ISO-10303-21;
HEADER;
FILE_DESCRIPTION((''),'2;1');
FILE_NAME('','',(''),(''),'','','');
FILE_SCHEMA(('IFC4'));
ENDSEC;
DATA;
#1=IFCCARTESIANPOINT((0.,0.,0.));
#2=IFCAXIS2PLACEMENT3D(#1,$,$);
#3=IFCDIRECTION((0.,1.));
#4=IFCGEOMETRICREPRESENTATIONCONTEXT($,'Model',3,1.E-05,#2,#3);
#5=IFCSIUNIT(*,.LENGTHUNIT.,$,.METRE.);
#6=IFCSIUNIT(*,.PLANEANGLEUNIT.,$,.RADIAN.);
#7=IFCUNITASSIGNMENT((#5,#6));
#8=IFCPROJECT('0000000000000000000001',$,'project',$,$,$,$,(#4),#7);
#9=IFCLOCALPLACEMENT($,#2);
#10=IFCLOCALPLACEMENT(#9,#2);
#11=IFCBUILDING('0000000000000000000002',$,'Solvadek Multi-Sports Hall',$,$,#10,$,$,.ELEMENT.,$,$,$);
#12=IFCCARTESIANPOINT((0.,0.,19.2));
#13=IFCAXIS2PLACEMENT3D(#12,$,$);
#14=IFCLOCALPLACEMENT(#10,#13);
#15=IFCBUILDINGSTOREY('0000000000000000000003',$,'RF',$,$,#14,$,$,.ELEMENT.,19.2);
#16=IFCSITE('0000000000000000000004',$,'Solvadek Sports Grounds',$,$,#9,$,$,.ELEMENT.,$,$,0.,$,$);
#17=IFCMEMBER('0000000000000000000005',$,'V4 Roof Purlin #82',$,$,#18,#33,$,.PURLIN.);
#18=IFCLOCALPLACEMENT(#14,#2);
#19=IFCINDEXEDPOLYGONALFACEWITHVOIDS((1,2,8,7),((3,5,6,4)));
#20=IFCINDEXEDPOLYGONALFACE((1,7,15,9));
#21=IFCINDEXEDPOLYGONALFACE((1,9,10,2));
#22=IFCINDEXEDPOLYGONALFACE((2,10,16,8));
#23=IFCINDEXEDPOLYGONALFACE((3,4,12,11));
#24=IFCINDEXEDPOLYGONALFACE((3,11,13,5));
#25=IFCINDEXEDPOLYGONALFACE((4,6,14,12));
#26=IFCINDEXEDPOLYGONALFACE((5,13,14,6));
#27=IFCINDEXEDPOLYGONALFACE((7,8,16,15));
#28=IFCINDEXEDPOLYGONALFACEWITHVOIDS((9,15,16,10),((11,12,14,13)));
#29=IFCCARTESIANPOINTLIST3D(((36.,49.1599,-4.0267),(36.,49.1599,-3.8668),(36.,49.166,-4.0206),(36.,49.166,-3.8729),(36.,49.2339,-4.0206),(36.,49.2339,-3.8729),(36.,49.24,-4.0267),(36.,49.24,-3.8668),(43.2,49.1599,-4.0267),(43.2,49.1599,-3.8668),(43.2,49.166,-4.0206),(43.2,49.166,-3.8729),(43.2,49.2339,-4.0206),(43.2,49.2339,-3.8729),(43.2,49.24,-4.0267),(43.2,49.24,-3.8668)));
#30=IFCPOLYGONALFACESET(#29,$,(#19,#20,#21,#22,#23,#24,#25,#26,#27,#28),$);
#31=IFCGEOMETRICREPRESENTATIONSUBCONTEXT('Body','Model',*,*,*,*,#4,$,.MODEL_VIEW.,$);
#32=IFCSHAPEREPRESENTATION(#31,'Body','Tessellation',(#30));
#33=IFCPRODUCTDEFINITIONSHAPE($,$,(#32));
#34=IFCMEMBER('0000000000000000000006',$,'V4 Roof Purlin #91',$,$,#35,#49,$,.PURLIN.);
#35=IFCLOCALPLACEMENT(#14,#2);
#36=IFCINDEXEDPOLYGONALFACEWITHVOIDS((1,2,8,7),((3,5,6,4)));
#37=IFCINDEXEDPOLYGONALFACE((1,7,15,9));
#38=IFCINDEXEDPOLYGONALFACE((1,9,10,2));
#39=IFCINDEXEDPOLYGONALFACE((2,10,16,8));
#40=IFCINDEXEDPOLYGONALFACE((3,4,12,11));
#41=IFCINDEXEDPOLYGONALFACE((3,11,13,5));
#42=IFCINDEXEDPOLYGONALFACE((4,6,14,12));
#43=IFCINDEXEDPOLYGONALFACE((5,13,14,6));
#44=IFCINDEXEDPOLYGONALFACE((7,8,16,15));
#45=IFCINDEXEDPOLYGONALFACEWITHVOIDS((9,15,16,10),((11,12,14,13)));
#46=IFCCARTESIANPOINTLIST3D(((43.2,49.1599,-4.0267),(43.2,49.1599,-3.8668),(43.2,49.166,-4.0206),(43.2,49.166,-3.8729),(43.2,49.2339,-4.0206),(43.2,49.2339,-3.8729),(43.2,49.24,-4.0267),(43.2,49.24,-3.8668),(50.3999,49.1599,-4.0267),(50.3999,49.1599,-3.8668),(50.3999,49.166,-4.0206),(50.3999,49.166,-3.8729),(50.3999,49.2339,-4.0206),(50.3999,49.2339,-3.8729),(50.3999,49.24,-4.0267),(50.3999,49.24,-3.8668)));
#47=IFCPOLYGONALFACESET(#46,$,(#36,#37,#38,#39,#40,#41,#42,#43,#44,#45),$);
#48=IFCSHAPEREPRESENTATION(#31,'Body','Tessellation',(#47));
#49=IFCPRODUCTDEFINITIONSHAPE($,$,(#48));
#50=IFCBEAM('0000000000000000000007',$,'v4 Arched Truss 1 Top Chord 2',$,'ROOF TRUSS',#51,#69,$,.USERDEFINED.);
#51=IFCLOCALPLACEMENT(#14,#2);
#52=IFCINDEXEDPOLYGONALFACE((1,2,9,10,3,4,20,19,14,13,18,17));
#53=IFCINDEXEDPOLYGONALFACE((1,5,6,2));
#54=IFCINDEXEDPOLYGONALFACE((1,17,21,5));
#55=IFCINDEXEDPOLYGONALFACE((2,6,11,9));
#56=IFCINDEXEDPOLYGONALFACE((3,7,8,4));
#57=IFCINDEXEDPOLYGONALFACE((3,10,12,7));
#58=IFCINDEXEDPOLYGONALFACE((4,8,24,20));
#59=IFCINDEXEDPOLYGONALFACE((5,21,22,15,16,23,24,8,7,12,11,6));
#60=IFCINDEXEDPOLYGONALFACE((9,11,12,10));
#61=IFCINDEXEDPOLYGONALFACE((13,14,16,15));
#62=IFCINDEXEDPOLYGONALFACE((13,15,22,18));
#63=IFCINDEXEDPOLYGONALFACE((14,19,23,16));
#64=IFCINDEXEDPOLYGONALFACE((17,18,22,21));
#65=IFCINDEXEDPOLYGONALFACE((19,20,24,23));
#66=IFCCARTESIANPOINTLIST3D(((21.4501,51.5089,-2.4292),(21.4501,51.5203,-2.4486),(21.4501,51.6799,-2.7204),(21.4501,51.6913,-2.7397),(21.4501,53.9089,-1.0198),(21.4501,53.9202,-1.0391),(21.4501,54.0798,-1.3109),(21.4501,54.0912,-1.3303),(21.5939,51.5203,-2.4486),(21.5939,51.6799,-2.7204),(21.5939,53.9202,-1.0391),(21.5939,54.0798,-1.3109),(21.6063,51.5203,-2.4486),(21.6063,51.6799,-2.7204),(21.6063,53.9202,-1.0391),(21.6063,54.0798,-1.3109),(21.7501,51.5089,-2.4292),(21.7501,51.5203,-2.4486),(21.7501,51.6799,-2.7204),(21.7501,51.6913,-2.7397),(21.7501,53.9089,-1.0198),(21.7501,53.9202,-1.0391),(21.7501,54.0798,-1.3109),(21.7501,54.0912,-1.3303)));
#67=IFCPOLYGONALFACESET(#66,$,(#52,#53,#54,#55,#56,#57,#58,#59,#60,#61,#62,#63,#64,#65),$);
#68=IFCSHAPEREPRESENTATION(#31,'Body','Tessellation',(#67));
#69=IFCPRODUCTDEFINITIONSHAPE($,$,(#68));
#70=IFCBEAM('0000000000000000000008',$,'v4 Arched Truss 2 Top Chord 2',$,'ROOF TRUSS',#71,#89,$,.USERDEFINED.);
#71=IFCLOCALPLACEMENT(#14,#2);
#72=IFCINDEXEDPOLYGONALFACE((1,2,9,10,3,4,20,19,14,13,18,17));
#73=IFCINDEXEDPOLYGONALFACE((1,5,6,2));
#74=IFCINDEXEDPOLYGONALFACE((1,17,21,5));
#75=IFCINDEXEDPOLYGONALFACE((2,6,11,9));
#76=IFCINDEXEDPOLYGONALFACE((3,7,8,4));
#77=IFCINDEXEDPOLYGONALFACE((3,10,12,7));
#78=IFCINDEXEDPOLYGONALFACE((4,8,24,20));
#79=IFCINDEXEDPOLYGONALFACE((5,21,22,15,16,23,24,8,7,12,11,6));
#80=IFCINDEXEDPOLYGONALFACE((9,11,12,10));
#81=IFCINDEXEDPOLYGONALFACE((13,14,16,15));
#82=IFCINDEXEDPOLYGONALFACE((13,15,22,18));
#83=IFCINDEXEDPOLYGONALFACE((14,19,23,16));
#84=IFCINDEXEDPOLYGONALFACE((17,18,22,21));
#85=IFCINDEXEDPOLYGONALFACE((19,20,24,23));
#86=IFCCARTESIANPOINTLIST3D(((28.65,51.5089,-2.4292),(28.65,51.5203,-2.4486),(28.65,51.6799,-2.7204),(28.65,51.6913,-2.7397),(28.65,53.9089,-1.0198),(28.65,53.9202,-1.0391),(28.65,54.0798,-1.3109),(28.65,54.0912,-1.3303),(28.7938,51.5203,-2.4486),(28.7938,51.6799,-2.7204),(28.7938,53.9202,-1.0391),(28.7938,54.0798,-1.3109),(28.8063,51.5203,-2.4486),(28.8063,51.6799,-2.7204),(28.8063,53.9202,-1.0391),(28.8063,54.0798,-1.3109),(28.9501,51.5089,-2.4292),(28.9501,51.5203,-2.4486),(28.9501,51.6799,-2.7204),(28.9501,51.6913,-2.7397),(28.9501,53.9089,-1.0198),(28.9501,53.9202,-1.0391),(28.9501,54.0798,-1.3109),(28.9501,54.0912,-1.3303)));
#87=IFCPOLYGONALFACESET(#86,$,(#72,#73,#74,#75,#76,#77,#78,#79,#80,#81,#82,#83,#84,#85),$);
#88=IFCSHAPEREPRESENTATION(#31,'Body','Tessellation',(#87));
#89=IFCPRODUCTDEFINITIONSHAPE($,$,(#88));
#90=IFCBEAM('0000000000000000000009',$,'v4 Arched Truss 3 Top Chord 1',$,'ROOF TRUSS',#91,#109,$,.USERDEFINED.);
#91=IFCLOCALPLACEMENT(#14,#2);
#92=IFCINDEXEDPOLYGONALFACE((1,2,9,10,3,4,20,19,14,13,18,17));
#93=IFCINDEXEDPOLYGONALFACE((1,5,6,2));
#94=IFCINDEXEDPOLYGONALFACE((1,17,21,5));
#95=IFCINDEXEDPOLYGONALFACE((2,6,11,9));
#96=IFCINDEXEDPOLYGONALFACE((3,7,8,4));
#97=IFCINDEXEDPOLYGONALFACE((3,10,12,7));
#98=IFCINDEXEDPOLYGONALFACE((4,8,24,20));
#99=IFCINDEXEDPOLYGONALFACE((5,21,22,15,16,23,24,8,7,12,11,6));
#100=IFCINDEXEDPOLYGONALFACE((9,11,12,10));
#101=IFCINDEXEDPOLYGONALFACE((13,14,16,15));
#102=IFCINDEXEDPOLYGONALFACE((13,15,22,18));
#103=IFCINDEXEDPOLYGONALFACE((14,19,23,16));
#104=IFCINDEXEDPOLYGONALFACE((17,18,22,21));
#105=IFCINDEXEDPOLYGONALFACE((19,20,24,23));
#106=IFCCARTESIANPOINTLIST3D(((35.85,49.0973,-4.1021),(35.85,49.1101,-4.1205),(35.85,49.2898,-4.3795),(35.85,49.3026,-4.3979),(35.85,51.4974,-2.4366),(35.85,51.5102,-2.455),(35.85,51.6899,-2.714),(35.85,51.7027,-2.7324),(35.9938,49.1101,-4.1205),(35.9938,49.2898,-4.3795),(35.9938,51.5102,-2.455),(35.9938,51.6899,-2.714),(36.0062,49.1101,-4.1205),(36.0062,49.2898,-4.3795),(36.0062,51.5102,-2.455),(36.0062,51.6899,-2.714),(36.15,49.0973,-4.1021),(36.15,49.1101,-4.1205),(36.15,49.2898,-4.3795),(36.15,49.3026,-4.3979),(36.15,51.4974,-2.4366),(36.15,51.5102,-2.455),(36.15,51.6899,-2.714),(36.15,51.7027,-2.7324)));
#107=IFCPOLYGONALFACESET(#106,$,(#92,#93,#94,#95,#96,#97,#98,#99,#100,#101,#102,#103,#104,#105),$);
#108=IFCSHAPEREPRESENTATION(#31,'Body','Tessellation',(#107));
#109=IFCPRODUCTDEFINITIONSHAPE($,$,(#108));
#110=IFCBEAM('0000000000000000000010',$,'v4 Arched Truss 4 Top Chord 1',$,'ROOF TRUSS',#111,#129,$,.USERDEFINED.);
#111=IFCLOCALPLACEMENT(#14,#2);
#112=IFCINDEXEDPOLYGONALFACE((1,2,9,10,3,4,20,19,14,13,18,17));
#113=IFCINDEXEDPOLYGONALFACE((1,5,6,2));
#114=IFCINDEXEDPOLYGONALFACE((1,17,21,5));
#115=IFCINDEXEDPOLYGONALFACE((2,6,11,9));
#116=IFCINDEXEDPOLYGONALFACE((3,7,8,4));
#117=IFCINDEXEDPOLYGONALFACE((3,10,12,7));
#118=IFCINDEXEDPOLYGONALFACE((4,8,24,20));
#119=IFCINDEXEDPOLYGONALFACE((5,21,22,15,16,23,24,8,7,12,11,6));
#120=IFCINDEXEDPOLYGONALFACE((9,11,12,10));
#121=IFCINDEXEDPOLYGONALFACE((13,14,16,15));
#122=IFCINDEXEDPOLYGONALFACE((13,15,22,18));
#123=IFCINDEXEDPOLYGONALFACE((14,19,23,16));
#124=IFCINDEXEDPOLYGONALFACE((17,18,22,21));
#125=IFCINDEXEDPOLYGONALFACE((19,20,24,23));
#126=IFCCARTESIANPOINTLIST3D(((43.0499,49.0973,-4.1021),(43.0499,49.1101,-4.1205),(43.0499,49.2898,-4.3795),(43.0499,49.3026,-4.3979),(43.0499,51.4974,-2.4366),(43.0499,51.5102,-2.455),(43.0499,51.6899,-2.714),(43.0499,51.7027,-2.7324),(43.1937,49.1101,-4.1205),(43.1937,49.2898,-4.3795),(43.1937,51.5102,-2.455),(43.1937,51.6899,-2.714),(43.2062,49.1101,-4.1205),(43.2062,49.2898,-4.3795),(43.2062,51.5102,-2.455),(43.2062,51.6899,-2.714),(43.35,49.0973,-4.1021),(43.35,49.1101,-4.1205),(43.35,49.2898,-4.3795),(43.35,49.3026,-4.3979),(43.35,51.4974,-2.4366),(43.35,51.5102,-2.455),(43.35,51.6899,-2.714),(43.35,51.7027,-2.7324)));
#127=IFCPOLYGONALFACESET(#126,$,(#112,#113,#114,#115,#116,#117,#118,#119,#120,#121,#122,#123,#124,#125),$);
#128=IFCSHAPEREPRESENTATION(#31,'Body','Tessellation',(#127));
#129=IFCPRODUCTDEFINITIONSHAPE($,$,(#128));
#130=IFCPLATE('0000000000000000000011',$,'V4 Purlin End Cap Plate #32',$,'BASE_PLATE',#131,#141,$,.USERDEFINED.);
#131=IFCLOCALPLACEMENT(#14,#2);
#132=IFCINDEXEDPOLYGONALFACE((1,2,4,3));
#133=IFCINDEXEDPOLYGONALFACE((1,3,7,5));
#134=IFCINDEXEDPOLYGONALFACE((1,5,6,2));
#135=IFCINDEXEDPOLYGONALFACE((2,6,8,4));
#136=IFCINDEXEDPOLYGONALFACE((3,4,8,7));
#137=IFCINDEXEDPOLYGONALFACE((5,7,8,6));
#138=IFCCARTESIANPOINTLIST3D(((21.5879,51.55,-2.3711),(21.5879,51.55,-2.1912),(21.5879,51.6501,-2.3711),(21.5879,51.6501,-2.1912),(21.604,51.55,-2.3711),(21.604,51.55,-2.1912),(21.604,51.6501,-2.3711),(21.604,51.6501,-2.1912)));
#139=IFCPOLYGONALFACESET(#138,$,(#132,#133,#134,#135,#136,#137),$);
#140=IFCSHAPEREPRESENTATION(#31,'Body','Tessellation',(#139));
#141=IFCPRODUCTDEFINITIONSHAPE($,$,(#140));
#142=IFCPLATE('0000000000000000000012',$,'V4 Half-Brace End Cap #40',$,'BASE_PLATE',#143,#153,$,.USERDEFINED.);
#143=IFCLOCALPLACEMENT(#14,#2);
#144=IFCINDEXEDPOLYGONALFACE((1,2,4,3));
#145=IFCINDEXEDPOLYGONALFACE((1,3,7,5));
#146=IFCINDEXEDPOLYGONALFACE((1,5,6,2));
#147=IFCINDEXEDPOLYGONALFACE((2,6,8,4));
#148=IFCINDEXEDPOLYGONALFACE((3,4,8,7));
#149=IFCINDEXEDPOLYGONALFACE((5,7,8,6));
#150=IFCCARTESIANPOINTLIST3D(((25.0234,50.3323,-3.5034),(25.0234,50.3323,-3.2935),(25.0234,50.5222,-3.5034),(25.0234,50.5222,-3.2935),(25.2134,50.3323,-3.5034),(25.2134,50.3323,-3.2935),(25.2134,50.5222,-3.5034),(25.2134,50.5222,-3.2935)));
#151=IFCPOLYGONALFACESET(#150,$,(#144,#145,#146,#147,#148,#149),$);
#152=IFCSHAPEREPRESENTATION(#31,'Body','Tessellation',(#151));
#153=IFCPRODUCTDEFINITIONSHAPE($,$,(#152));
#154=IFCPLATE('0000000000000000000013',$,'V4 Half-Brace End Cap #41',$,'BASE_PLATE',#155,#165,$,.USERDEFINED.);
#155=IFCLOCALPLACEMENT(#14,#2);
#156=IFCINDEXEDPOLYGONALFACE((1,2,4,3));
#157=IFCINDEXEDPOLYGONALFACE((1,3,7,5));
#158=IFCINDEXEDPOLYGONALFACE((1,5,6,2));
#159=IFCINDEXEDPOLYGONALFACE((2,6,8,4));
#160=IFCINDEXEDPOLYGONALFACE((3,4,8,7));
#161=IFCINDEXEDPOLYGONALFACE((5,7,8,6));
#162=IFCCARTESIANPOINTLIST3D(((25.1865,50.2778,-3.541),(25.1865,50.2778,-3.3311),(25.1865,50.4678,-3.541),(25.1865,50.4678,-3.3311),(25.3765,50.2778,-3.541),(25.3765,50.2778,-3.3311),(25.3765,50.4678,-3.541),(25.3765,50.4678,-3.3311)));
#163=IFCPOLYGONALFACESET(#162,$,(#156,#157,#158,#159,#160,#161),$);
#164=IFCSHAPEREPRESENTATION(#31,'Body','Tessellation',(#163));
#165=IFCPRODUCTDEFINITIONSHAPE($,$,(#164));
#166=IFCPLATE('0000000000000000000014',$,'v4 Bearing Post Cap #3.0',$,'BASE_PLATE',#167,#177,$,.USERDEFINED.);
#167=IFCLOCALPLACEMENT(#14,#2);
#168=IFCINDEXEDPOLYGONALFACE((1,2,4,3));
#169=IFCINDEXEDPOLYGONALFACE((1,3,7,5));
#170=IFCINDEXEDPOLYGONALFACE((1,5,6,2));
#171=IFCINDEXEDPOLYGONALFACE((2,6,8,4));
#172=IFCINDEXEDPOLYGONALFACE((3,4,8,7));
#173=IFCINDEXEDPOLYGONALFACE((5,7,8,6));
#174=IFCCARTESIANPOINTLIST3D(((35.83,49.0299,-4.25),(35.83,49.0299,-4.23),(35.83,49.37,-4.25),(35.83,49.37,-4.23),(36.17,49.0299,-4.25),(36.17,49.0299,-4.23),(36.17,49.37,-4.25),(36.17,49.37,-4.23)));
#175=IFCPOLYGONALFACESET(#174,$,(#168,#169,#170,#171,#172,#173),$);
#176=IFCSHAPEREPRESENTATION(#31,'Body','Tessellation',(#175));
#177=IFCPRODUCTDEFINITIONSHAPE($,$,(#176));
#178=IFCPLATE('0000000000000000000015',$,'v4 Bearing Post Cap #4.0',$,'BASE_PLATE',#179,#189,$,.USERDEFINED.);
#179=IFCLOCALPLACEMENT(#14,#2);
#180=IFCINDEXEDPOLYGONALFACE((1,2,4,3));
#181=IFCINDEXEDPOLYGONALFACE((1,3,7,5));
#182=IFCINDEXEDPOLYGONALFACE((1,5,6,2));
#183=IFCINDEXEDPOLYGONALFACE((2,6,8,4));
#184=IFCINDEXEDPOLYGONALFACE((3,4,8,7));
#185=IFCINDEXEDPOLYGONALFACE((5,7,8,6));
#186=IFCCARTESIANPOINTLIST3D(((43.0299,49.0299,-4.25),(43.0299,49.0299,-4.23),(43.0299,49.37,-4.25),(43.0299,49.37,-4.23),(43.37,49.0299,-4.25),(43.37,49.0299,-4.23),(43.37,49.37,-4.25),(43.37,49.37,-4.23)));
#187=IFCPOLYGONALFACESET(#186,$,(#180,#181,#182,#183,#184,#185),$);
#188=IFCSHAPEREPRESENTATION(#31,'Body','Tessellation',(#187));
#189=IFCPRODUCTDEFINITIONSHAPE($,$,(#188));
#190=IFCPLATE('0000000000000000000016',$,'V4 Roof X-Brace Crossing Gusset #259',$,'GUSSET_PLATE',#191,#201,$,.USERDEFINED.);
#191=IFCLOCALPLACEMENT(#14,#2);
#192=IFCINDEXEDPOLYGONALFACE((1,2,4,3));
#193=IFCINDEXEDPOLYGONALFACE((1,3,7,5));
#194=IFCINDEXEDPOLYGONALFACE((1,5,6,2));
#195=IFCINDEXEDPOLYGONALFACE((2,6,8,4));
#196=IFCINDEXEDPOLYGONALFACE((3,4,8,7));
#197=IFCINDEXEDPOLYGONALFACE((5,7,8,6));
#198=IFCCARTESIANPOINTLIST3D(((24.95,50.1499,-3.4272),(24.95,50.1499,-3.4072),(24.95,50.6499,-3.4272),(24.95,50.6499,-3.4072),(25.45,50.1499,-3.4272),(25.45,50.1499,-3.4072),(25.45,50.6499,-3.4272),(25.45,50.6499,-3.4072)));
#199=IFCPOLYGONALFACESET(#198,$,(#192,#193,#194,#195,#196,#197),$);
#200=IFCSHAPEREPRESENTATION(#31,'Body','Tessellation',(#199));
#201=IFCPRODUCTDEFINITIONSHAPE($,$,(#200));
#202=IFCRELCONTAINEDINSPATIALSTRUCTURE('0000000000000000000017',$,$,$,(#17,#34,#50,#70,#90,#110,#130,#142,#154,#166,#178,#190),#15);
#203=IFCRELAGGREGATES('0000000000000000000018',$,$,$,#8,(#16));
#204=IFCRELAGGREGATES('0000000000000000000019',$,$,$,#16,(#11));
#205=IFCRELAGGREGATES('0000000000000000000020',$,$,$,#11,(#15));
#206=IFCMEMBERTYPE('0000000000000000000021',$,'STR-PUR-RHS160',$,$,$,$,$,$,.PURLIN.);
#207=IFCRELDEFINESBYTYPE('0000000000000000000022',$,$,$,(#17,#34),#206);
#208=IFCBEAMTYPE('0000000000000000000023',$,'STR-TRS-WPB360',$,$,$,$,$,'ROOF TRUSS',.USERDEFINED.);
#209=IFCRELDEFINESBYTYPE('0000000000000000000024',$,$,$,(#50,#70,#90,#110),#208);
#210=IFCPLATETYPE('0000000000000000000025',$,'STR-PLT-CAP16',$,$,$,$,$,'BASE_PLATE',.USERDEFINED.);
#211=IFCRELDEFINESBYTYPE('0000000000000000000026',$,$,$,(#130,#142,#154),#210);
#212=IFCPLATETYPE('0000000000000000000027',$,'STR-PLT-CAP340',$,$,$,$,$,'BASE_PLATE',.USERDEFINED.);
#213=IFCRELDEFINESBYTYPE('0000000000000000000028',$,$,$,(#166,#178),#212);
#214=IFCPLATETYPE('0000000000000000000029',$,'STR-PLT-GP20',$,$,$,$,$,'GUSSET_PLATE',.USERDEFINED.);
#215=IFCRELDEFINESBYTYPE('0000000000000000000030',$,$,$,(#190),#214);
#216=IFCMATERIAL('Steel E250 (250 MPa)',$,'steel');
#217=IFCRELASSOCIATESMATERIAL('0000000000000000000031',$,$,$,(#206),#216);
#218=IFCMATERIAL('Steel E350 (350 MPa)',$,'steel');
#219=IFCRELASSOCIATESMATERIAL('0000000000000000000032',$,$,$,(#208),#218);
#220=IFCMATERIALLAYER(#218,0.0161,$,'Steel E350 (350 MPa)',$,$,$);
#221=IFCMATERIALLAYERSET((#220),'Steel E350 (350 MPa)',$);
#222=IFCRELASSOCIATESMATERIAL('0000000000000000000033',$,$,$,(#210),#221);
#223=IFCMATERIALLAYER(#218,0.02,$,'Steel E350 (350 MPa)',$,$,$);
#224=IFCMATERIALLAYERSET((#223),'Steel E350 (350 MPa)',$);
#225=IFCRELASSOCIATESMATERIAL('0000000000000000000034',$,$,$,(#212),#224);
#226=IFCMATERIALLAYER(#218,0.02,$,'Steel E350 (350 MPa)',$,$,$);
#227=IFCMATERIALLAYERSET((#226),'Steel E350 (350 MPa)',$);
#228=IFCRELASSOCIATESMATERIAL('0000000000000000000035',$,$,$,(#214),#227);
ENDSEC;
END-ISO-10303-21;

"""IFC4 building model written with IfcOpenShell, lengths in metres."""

from ifc_helpers import new_model, si_unit, direction, frame, origin, origin_2d, place, context, subcontext, project, spatial, rectangle, hollow_rectangle, i_section, extrude, material, layer, layer_set, material_profile, profile_set, type_object, element, save


model = new_model("IFC4")

# Units and contexts
model_context = context("Model", 3, precision=1e-05, world=origin(), true_north=direction((0.0, 1.0)))
body_context = subcontext(model_context, "Body", "Model", "MODEL_VIEW")
ifc_project = project(units=[si_unit("LENGTHUNIT", "METRE"), si_unit("PLANEANGLEUNIT", "RADIAN")], contexts=[model_context])

# Site, building, storey
site_placement = place(None, origin())
site = spatial("IfcSite", under=ifc_project, at=site_placement, Name="Solvadek Sports Grounds", CompositionType="ELEMENT", RefElevation=0.0)
building_placement = place(site_placement, origin())
building = spatial("IfcBuilding", under=site, at=building_placement, Name="Solvadek Multi-Sports Hall", CompositionType="ELEMENT")
storey_placement = place(building_placement, frame((0.0, 0.0, 19.2)))
storey = spatial("IfcBuildingStorey", under=building, at=storey_placement, Name="RF", CompositionType="ELEMENT", Elevation=19.2)

# Shared definitions
ifc_material_1 = material(Name="Steel E350 (350 MPa)", Category="steel")

# Members
ifc_material_2 = material(Name="Steel E250 (250 MPa)", Category="steel")
ifc_material_profile_1 = material_profile(ifc_material_2, hollow_rectangle(XDim=0.0801, YDim=0.1599, WallThickness=0.0061, at=origin_2d()), Name="RHS 160x80x6")
ifc_profile_set_1 = profile_set([ifc_material_profile_1], Name="Steel E250 (250 MPa)")
member_type_1 = type_object("IfcMemberType", Name="STR-PUR-RHS160", PredefinedType="PURLIN", material=ifc_profile_set_1)
for number, where, z_axis, x_axis, name in (
    (1, (36.0, 49.2, -3.9468), (1.0, 0.0, 0.0), (0.0, 1.0, 0.0), "V4 Roof Purlin #82"),
    (2, (43.2, 49.2, -3.9468), (1.0, 0.0, 0.0), (0.0, 1.0, 0.0), "V4 Roof Purlin #91"),
):
    element("IfcMember", number, at=place(storey_placement, frame(where, z_axis=z_axis, x_axis=x_axis)), inside=storey, type_object=member_type_1, Name=name, PredefinedType="PURLIN", context=body_context, shape_type="SweptSolid", body=[
        extrude(hollow_rectangle(XDim=0.0801, YDim=0.1599, WallThickness=0.0061, at=origin_2d()), origin(), (0.0, 0.0, 1.0), 7.2),
    ])

# Beams
ifc_material_profile_2 = material_profile(ifc_material_1, i_section(OverallWidth=0.3, OverallDepth=0.3601, WebThickness=0.0125, FlangeThickness=0.0225, at=origin_2d()), Name="WPB 360")
ifc_profile_set_2 = profile_set([ifc_material_profile_2], Name="Steel E350 (350 MPa)")
beam_type = type_object("IfcBeamType", Name="STR-TRS-WPB360", ElementType="ROOF TRUSS", PredefinedType="USERDEFINED", material=ifc_profile_set_2)
for number, where, z_axis, x_axis, name in (
    (3, (21.6001, 51.6001, -2.5845), (0.0, 0.862293, 0.50641), (-1.0, 0.0, 0.0), "v4 Arched Truss 1 Top Chord 2"),
    (4, (28.8, 51.6001, -2.5845), (0.0, 0.862293, 0.50641), (-1.0, 0.0, 0.0), "v4 Arched Truss 2 Top Chord 2"),
):
    element("IfcBeam", number, at=place(storey_placement, frame(where, z_axis=z_axis, x_axis=x_axis)), inside=storey, type_object=beam_type, Name=name, ObjectType="ROOF TRUSS", PredefinedType="USERDEFINED", context=body_context, shape_type="SweptSolid", body=[
        extrude(i_section(OverallWidth=0.3, OverallDepth=0.3601, WebThickness=0.0125, FlangeThickness=0.0225, at=origin_2d()), origin(), (0.0, 0.0, 1.0), 2.7832),
    ])
for number, where, z_axis, x_axis, name in (
    (5, (36.0, 49.2, -4.25), (0.0, 0.821569, 0.570109), (-1.0, 0.0, 0.0), "v4 Arched Truss 3 Top Chord 1"),
    (6, (43.2, 49.2, -4.25), (0.0, 0.821569, 0.570109), (-1.0, 0.0, 0.0), "v4 Arched Truss 4 Top Chord 1"),
):
    element("IfcBeam", number, at=place(storey_placement, frame(where, z_axis=z_axis, x_axis=x_axis)), inside=storey, type_object=beam_type, Name=name, ObjectType="ROOF TRUSS", PredefinedType="USERDEFINED", context=body_context, shape_type="SweptSolid", body=[
        extrude(i_section(OverallWidth=0.3, OverallDepth=0.3601, WebThickness=0.0125, FlangeThickness=0.0225, at=origin_2d()), origin(), (0.0, 0.0, 1.0), 2.9214),
    ])

# Plates
ifc_layer_1 = layer(ifc_material_1, 0.0161, Name="Steel E350 (350 MPa)")
ifc_layer_set_1 = layer_set([ifc_layer_1], Name="Steel E350 (350 MPa)")
plate_type_1 = type_object("IfcPlateType", Name="STR-PLT-CAP16", ElementType="BASE_PLATE", PredefinedType="USERDEFINED", material=ifc_layer_set_1)
plate_1_placement = place(storey_placement, frame((21.5959, 51.6001, -2.3711), z_axis=(0.0, 0.0, 1.0), x_axis=(1.0, 0.0, 0.0)))
element("IfcPlate", 7, at=plate_1_placement, inside=storey, type_object=plate_type_1, Name="V4 Purlin End Cap Plate #32", ObjectType="BASE_PLATE", PredefinedType="USERDEFINED", context=body_context, shape_type="SweptSolid", body=[
    extrude(rectangle(XDim=0.0161, YDim=0.1001, at=origin_2d()), origin(), (0.0, 0.0, 1.0), 0.1799),
])
for number, where, z_axis, x_axis, name in (
    (8, (25.1184, 50.4272, -3.5034), (0.0, 0.0, 1.0), (1.0, 0.0, 0.0), "V4 Half-Brace End Cap #40"),
    (9, (25.2815, 50.3728, -3.541), (0.0, 0.0, 1.0), (1.0, 0.0, 0.0), "V4 Half-Brace End Cap #41"),
):
    element("IfcPlate", number, at=place(storey_placement, frame(where, z_axis=z_axis, x_axis=x_axis)), inside=storey, type_object=plate_type_1, Name=name, ObjectType="BASE_PLATE", PredefinedType="USERDEFINED", context=body_context, shape_type="SweptSolid", body=[
        extrude(rectangle(XDim=0.1899, YDim=0.1899, at=origin_2d()), origin(), (0.0, 0.0, 1.0), 0.21),
    ])
ifc_layer_2 = layer(ifc_material_1, 0.02, Name="Steel E350 (350 MPa)")
ifc_layer_set_2 = layer_set([ifc_layer_2], Name="Steel E350 (350 MPa)")
plate_type_2 = type_object("IfcPlateType", Name="STR-PLT-CAP340", ElementType="BASE_PLATE", PredefinedType="USERDEFINED", material=ifc_layer_set_2)
for number, where, z_axis, x_axis, name in (
    (10, (36.0, 49.2, -4.25), (0.0, 0.0, 1.0), (1.0, 0.0, 0.0), "v4 Bearing Post Cap #3.0"),
    (11, (43.2, 49.2, -4.25), (0.0, 0.0, 1.0), (1.0, 0.0, 0.0), "v4 Bearing Post Cap #4.0"),
):
    element("IfcPlate", number, at=place(storey_placement, frame(where, z_axis=z_axis, x_axis=x_axis)), inside=storey, type_object=plate_type_2, Name=name, ObjectType="BASE_PLATE", PredefinedType="USERDEFINED", context=body_context, shape_type="SweptSolid", body=[
        extrude(rectangle(XDim=0.3401, YDim=0.3401, at=origin_2d()), origin(), (0.0, 0.0, 1.0), 0.02),
    ])
ifc_layer_3 = layer(ifc_material_1, 0.02, Name="Steel E350 (350 MPa)")
ifc_layer_set_3 = layer_set([ifc_layer_3], Name="Steel E350 (350 MPa)")
plate_type_3 = type_object("IfcPlateType", Name="STR-PLT-GP20", ElementType="GUSSET_PLATE", PredefinedType="USERDEFINED", material=ifc_layer_set_3)
plate_2_placement = place(storey_placement, frame((25.2, 50.3999, -3.4272), z_axis=(0.0, 0.0, 1.0), x_axis=(1.0, 0.0, 0.0)))
element("IfcPlate", 12, at=plate_2_placement, inside=storey, type_object=plate_type_3, Name="V4 Roof X-Brace Crossing Gusset #259", ObjectType="GUSSET_PLATE", PredefinedType="USERDEFINED", context=body_context, shape_type="SweptSolid", body=[
    extrude(rectangle(XDim=0.5, YDim=0.5, at=origin_2d()), origin(), (0.0, 0.0, 1.0), 0.02),
])

save(model, "model.ifc")
